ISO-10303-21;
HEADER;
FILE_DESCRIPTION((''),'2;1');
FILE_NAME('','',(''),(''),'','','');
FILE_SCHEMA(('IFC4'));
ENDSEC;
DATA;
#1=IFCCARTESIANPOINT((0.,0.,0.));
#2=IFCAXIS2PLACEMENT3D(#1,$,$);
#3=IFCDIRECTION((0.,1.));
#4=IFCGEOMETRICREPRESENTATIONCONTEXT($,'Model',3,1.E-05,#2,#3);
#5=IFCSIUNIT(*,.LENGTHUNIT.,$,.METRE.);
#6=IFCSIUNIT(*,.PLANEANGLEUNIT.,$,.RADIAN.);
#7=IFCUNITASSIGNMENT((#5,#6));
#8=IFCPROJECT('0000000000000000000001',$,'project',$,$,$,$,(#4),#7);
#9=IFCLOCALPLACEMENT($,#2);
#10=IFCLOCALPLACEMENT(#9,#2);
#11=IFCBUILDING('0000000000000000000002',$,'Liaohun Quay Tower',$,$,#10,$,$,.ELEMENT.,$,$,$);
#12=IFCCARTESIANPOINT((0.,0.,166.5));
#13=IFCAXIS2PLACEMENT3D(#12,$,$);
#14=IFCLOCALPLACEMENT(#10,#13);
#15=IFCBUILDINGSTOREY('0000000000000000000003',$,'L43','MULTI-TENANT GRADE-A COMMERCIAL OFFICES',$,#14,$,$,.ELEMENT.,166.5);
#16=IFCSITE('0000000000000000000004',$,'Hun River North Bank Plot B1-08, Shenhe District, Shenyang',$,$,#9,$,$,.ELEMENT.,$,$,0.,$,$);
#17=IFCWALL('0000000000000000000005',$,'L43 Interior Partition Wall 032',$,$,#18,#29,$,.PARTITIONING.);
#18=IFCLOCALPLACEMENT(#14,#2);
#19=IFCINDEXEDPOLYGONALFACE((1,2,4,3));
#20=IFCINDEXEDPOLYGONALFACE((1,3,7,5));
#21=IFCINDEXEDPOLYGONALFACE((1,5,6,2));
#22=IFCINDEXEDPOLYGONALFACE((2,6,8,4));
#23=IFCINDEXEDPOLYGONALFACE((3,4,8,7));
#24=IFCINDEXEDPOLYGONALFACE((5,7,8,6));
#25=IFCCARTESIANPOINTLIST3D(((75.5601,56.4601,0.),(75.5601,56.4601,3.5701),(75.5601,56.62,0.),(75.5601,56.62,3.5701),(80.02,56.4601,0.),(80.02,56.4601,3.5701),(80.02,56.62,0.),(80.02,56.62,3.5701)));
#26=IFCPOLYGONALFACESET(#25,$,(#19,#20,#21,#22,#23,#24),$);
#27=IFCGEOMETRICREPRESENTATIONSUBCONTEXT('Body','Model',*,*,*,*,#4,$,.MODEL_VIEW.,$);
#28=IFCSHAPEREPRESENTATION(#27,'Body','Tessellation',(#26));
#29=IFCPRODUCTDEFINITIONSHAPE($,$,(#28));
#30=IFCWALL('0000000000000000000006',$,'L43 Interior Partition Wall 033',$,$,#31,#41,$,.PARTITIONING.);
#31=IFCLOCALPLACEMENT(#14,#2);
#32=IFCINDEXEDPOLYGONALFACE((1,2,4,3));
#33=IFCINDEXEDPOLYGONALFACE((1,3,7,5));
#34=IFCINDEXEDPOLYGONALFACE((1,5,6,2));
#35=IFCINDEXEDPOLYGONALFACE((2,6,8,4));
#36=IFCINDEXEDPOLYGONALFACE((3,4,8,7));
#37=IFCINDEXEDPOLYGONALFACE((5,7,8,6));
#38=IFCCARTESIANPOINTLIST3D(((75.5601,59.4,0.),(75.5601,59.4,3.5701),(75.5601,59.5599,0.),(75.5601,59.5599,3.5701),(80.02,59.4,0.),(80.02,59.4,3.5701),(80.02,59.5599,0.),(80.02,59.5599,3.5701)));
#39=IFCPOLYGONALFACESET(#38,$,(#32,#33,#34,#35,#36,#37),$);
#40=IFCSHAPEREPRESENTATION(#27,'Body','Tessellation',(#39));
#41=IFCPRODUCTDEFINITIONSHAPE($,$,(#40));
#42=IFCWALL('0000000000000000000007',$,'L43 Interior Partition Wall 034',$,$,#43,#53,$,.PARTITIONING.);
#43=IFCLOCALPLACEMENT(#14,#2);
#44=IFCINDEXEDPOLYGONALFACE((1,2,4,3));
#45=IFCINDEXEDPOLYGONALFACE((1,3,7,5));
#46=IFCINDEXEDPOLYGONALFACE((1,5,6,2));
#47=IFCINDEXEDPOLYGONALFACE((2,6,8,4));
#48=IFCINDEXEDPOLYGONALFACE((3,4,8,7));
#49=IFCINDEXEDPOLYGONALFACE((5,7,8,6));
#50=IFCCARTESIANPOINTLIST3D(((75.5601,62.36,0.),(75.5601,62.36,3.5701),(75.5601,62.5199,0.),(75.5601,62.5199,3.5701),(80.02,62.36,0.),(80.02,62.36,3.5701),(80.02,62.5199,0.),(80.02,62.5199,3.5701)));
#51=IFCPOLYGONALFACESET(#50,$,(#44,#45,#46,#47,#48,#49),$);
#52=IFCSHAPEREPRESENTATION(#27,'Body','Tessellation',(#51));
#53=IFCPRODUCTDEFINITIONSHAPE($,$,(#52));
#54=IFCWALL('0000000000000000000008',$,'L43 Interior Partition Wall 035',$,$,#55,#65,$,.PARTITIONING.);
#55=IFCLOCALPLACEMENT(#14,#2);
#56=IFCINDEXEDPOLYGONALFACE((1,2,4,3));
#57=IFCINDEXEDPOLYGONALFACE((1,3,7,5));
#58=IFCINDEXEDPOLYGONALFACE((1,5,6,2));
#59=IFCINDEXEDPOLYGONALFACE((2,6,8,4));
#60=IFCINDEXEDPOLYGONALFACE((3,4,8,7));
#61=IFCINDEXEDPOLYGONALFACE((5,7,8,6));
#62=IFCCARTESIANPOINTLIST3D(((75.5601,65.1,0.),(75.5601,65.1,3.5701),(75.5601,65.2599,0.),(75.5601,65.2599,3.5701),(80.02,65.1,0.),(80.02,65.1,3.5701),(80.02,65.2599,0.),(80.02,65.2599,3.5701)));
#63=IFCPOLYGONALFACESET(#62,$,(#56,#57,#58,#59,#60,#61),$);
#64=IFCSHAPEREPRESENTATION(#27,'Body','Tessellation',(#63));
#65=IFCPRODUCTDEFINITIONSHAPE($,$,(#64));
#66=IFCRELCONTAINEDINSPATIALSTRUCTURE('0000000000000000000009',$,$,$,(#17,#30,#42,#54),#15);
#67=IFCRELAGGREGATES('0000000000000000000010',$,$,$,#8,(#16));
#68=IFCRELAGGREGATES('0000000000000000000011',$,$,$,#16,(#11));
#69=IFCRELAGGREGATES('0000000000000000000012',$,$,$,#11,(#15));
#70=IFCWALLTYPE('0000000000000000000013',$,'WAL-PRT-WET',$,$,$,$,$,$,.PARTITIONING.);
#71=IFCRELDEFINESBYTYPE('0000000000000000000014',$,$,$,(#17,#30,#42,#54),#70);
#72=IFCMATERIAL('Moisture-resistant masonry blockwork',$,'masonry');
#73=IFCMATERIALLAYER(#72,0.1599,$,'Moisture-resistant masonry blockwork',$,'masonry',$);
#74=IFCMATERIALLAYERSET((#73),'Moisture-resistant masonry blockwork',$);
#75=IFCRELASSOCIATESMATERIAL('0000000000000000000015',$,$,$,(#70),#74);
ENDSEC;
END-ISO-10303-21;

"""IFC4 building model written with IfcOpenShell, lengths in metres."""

from ifc_helpers import new_model, si_unit, direction, frame, frame_2d, origin, place, context, subcontext, project, spatial, rectangle, extrude, material, layer, layer_set, type_object, element, save


model = new_model("IFC4")

# Units and contexts
model_context = context("Model", 3, precision=1e-05, world=origin(), true_north=direction((0.0, 1.0)))
body_context = subcontext(model_context, "Body", "Model", "MODEL_VIEW")
ifc_project = project(units=[si_unit("LENGTHUNIT", "METRE"), si_unit("PLANEANGLEUNIT", "RADIAN")], contexts=[model_context])

# Site, building, storey
site_placement = place(None, origin())
site = spatial("IfcSite", under=ifc_project, at=site_placement, Name="Hun River North Bank Plot B1-08, Shenhe District, Shenyang", CompositionType="ELEMENT", RefElevation=0.0)
building_placement = place(site_placement, origin())
building = spatial("IfcBuilding", under=site, at=building_placement, Name="Liaohun Quay Tower", CompositionType="ELEMENT")
storey_placement = place(building_placement, frame((0.0, 0.0, 166.5)))
storey = spatial("IfcBuildingStorey", under=building, at=storey_placement, Name="L43", Description="MULTI-TENANT GRADE-A COMMERCIAL OFFICES", CompositionType="ELEMENT", Elevation=166.5)

# Shared definitions
ifc_material_1 = material(Name="Moisture-resistant masonry blockwork", Category="masonry")
ifc_layer_1 = layer(ifc_material_1, 0.1599, Name="Moisture-resistant masonry blockwork", Category="masonry")
ifc_layer_set_1 = layer_set([ifc_layer_1], Name="Moisture-resistant masonry blockwork")
wall_type_1 = type_object("IfcWallType", Name="WAL-PRT-WET", PredefinedType="PARTITIONING", material=ifc_layer_set_1)

# Walls
for number, where, z_axis, x_axis, name in (
    (1, (75.5601, 56.54, 0.0), (0.0, 0.0, 1.0), (1.0, 0.0, 0.0), "L43 Interior Partition Wall 032"),
    (2, (75.5601, 59.48, 0.0), (0.0, 0.0, 1.0), (1.0, 0.0, 0.0), "L43 Interior Partition Wall 033"),
    (3, (75.5601, 62.4399, 0.0), (0.0, 0.0, 1.0), (1.0, 0.0, 0.0), "L43 Interior Partition Wall 034"),
    (4, (75.5601, 65.1799, 0.0), (0.0, 0.0, 1.0), (1.0, 0.0, 0.0), "L43 Interior Partition Wall 035"),
):
    element("IfcWall", number, at=place(storey_placement, frame(where, z_axis=z_axis, x_axis=x_axis)), inside=storey, type_object=wall_type_1, Name=name, PredefinedType="PARTITIONING", context=body_context, shape_type="SweptSolid", body=[
        extrude(rectangle(XDim=4.46, YDim=0.1599, at=frame_2d((2.23, 0.0))), origin(), (0.0, 0.0, 1.0), 3.5701),
    ])

save(model, "model.ifc")
